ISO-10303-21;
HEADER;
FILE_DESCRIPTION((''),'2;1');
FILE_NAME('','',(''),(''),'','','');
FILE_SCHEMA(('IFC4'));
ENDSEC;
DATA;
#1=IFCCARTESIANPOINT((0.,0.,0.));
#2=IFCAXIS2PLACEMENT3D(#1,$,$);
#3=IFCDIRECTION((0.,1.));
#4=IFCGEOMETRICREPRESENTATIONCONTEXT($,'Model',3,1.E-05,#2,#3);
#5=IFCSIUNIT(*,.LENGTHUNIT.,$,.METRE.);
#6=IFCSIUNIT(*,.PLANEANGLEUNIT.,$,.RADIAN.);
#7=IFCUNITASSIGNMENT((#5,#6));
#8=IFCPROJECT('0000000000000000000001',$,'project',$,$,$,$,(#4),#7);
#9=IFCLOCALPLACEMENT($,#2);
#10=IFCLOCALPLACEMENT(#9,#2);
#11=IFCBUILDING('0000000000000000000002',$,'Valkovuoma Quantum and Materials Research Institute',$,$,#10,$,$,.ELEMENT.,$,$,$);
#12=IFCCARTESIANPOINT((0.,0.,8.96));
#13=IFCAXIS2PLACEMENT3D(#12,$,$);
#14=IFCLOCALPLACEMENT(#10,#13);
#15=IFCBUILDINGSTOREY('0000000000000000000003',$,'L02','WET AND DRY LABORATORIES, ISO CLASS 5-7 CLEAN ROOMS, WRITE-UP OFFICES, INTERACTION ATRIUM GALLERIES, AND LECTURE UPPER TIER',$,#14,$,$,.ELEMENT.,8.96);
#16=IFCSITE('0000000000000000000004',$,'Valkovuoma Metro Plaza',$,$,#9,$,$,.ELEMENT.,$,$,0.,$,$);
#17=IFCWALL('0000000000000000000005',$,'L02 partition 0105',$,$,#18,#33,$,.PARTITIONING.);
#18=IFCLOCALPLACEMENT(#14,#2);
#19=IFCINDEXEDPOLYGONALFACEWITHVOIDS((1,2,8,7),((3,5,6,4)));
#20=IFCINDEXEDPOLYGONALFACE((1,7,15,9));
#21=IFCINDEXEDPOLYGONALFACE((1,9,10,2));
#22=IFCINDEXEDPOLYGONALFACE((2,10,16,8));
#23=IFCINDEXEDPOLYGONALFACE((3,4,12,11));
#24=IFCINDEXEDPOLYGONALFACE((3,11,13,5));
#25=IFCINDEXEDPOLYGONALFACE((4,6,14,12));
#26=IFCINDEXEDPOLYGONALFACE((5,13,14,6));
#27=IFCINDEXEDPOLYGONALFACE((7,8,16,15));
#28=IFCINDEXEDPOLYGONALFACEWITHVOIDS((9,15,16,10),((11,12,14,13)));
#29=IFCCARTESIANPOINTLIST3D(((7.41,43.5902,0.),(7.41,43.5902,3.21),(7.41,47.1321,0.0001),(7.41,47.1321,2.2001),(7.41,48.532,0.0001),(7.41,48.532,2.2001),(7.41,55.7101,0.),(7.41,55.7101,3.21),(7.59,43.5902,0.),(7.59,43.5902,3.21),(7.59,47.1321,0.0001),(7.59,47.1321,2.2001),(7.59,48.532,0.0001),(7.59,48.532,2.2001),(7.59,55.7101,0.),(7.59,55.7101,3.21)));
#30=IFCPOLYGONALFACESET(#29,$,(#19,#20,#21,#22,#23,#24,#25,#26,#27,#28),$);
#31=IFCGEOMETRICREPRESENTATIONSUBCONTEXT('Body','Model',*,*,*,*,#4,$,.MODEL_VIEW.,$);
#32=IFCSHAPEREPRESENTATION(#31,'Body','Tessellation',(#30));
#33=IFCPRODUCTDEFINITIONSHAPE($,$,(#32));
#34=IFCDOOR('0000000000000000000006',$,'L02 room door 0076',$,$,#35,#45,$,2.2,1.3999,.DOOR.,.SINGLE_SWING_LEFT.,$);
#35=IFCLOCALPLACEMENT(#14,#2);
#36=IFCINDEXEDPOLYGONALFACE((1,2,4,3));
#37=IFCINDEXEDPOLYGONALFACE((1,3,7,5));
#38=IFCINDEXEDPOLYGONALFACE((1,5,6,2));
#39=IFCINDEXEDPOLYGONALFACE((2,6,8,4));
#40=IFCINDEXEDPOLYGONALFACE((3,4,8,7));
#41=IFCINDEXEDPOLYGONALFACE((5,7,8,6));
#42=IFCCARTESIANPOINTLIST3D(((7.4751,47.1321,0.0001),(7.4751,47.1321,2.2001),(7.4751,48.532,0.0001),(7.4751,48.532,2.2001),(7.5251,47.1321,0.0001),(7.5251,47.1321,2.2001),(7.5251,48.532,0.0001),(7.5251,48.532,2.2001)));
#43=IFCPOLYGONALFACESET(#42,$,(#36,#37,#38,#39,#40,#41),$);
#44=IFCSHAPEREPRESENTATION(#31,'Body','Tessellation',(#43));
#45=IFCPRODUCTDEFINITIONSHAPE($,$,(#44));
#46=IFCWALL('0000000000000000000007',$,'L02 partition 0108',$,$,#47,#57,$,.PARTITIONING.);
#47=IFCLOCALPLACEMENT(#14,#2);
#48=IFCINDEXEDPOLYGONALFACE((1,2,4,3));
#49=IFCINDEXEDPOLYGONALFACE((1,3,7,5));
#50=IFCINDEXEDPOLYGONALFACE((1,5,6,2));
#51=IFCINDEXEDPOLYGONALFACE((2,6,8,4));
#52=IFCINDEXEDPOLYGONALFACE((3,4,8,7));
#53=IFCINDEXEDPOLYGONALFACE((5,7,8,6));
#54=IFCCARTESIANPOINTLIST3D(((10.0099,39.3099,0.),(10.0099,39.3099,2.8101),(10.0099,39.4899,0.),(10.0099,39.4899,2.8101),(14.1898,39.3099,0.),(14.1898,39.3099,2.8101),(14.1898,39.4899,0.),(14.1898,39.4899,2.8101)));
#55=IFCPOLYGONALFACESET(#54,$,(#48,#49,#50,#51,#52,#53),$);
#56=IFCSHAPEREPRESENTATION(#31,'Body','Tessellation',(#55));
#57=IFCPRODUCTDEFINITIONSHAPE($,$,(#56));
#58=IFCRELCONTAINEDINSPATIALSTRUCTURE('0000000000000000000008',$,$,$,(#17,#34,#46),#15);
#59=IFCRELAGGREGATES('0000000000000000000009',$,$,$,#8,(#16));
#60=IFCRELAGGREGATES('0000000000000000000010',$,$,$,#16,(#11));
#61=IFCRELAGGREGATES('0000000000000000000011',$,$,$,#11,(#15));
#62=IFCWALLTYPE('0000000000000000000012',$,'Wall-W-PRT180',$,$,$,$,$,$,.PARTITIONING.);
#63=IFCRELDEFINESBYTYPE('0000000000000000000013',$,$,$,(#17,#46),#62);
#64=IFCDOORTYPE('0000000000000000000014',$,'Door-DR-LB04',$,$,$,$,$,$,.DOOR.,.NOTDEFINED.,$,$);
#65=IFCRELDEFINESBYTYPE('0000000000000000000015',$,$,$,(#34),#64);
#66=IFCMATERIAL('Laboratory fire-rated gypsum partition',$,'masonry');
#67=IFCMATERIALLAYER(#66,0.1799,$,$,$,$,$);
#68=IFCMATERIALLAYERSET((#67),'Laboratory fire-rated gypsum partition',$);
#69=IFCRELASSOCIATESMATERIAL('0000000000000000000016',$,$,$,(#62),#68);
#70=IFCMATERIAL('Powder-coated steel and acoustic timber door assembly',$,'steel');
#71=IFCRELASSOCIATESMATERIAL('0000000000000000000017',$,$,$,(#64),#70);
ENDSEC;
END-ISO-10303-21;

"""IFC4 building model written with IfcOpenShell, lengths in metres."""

from ifc_helpers import new_model, si_unit, direction, frame, frame_2d, origin, place, context, subcontext, project, spatial, rectangle, extrude, material, layer, layer_set, type_object, element, fill, save


model = new_model("IFC4")

# Units and contexts
model_context = context("Model", 3, precision=1e-05, world=origin(), true_north=direction((0.0, 1.0)))
body_context = subcontext(model_context, "Body", "Model", "MODEL_VIEW")
ifc_project = project(units=[si_unit("LENGTHUNIT", "METRE"), si_unit("PLANEANGLEUNIT", "RADIAN")], contexts=[model_context])

# Site, building, storey
site_placement = place(None, origin())
site = spatial("IfcSite", under=ifc_project, at=site_placement, Name="Valkovuoma Metro Plaza", CompositionType="ELEMENT", RefElevation=0.0)
building_placement = place(site_placement, origin())
building = spatial("IfcBuilding", under=site, at=building_placement, Name="Valkovuoma Quantum and Materials Research Institute", CompositionType="ELEMENT")
storey_placement = place(building_placement, frame((0.0, 0.0, 8.96)))
storey = spatial("IfcBuildingStorey", under=building, at=storey_placement, Name="L02", Description="WET AND DRY LABORATORIES, ISO CLASS 5-7 CLEAN ROOMS, WRITE-UP OFFICES, INTERACTION ATRIUM GALLERIES, AND LECTURE UPPER TIER", CompositionType="ELEMENT", Elevation=8.96)

# Wall, opening, door
ifc_material_1 = material(Name="Laboratory fire-rated gypsum partition", Category="masonry")
ifc_layer_1 = layer(ifc_material_1, 0.1799)
ifc_layer_set_1 = layer_set([ifc_layer_1], Name="Laboratory fire-rated gypsum partition")
wall_type_1 = type_object("IfcWallType", Name="Wall-W-PRT180", PredefinedType="PARTITIONING", material=ifc_layer_set_1)
wall_1_placement = place(storey_placement, frame((7.5, 43.5901, 0.0), z_axis=(0.0, 0.0, 1.0), x_axis=(0.0, 1.0, 0.0)))
wall_1 = element("IfcWall", 1, at=wall_1_placement, inside=storey, type_object=wall_type_1, Name="L02 partition 0105", PredefinedType="PARTITIONING", context=body_context, shape_type="SweptSolid", body=[
    extrude(rectangle(XDim=12.1199, YDim=0.1799, at=frame_2d((6.0601, 0.0))), origin(), (0.0, 0.0, 1.0), 3.21),
])
opening_1_placement = place(wall_1_placement, frame((3.542, 0.0, 0.0)))
opening_1 = element("IfcOpeningElement", 2, at=opening_1_placement, cuts=wall_1, PredefinedType="OPENING", context=body_context, shape_type="SweptSolid", body=[
    extrude(rectangle(XDim=1.3999, YDim=2.2, at=frame_2d((0.7, 1.1001))), frame((0.0, 0.1001, 0.0), z_axis=(0.0, -1.0, 0.0), x_axis=(1.0, 0.0, 0.0)), (0.0, 0.0, 1.0), 0.2),
])
ifc_material_2 = material(Name="Powder-coated steel and acoustic timber door assembly", Category="steel")
door_type_1 = type_object("IfcDoorType", Name="Door-DR-LB04", OperationType="NOTDEFINED", PredefinedType="DOOR", material=ifc_material_2)
door_1_placement = place(opening_1_placement, origin())
door_1 = element("IfcDoor", 3, at=door_1_placement, inside=storey, type_object=door_type_1, Name="L02 room door 0076", OperationType="SINGLE_SWING_LEFT", OverallHeight=2.2, OverallWidth=1.3999, PredefinedType="DOOR", context=body_context, shape_type="SweptSolid", body=[
    extrude(rectangle(XDim=1.3999, YDim=2.2, at=frame_2d((0.7, 1.1001))), frame((0.0, 0.0249, 0.0), z_axis=(0.0, -1.0, 0.0), x_axis=(1.0, 0.0, 0.0)), (0.0, 0.0, 1.0), 0.05),
])
fill(opening_1, door_1)

# Wall
wall_2_placement = place(storey_placement, frame((10.01, 39.3999, 0.0), z_axis=(0.0, 0.0, 1.0), x_axis=(1.0, 0.0, 0.0)))
element("IfcWall", 4, at=wall_2_placement, inside=storey, type_object=wall_type_1, Name="L02 partition 0108", PredefinedType="PARTITIONING", context=body_context, shape_type="SweptSolid", body=[
    extrude(rectangle(XDim=4.1799, YDim=0.1799, at=frame_2d((2.0898, 0.0))), origin(), (0.0, 0.0, 1.0), 2.8101),
])

save(model, "model.ifc")
